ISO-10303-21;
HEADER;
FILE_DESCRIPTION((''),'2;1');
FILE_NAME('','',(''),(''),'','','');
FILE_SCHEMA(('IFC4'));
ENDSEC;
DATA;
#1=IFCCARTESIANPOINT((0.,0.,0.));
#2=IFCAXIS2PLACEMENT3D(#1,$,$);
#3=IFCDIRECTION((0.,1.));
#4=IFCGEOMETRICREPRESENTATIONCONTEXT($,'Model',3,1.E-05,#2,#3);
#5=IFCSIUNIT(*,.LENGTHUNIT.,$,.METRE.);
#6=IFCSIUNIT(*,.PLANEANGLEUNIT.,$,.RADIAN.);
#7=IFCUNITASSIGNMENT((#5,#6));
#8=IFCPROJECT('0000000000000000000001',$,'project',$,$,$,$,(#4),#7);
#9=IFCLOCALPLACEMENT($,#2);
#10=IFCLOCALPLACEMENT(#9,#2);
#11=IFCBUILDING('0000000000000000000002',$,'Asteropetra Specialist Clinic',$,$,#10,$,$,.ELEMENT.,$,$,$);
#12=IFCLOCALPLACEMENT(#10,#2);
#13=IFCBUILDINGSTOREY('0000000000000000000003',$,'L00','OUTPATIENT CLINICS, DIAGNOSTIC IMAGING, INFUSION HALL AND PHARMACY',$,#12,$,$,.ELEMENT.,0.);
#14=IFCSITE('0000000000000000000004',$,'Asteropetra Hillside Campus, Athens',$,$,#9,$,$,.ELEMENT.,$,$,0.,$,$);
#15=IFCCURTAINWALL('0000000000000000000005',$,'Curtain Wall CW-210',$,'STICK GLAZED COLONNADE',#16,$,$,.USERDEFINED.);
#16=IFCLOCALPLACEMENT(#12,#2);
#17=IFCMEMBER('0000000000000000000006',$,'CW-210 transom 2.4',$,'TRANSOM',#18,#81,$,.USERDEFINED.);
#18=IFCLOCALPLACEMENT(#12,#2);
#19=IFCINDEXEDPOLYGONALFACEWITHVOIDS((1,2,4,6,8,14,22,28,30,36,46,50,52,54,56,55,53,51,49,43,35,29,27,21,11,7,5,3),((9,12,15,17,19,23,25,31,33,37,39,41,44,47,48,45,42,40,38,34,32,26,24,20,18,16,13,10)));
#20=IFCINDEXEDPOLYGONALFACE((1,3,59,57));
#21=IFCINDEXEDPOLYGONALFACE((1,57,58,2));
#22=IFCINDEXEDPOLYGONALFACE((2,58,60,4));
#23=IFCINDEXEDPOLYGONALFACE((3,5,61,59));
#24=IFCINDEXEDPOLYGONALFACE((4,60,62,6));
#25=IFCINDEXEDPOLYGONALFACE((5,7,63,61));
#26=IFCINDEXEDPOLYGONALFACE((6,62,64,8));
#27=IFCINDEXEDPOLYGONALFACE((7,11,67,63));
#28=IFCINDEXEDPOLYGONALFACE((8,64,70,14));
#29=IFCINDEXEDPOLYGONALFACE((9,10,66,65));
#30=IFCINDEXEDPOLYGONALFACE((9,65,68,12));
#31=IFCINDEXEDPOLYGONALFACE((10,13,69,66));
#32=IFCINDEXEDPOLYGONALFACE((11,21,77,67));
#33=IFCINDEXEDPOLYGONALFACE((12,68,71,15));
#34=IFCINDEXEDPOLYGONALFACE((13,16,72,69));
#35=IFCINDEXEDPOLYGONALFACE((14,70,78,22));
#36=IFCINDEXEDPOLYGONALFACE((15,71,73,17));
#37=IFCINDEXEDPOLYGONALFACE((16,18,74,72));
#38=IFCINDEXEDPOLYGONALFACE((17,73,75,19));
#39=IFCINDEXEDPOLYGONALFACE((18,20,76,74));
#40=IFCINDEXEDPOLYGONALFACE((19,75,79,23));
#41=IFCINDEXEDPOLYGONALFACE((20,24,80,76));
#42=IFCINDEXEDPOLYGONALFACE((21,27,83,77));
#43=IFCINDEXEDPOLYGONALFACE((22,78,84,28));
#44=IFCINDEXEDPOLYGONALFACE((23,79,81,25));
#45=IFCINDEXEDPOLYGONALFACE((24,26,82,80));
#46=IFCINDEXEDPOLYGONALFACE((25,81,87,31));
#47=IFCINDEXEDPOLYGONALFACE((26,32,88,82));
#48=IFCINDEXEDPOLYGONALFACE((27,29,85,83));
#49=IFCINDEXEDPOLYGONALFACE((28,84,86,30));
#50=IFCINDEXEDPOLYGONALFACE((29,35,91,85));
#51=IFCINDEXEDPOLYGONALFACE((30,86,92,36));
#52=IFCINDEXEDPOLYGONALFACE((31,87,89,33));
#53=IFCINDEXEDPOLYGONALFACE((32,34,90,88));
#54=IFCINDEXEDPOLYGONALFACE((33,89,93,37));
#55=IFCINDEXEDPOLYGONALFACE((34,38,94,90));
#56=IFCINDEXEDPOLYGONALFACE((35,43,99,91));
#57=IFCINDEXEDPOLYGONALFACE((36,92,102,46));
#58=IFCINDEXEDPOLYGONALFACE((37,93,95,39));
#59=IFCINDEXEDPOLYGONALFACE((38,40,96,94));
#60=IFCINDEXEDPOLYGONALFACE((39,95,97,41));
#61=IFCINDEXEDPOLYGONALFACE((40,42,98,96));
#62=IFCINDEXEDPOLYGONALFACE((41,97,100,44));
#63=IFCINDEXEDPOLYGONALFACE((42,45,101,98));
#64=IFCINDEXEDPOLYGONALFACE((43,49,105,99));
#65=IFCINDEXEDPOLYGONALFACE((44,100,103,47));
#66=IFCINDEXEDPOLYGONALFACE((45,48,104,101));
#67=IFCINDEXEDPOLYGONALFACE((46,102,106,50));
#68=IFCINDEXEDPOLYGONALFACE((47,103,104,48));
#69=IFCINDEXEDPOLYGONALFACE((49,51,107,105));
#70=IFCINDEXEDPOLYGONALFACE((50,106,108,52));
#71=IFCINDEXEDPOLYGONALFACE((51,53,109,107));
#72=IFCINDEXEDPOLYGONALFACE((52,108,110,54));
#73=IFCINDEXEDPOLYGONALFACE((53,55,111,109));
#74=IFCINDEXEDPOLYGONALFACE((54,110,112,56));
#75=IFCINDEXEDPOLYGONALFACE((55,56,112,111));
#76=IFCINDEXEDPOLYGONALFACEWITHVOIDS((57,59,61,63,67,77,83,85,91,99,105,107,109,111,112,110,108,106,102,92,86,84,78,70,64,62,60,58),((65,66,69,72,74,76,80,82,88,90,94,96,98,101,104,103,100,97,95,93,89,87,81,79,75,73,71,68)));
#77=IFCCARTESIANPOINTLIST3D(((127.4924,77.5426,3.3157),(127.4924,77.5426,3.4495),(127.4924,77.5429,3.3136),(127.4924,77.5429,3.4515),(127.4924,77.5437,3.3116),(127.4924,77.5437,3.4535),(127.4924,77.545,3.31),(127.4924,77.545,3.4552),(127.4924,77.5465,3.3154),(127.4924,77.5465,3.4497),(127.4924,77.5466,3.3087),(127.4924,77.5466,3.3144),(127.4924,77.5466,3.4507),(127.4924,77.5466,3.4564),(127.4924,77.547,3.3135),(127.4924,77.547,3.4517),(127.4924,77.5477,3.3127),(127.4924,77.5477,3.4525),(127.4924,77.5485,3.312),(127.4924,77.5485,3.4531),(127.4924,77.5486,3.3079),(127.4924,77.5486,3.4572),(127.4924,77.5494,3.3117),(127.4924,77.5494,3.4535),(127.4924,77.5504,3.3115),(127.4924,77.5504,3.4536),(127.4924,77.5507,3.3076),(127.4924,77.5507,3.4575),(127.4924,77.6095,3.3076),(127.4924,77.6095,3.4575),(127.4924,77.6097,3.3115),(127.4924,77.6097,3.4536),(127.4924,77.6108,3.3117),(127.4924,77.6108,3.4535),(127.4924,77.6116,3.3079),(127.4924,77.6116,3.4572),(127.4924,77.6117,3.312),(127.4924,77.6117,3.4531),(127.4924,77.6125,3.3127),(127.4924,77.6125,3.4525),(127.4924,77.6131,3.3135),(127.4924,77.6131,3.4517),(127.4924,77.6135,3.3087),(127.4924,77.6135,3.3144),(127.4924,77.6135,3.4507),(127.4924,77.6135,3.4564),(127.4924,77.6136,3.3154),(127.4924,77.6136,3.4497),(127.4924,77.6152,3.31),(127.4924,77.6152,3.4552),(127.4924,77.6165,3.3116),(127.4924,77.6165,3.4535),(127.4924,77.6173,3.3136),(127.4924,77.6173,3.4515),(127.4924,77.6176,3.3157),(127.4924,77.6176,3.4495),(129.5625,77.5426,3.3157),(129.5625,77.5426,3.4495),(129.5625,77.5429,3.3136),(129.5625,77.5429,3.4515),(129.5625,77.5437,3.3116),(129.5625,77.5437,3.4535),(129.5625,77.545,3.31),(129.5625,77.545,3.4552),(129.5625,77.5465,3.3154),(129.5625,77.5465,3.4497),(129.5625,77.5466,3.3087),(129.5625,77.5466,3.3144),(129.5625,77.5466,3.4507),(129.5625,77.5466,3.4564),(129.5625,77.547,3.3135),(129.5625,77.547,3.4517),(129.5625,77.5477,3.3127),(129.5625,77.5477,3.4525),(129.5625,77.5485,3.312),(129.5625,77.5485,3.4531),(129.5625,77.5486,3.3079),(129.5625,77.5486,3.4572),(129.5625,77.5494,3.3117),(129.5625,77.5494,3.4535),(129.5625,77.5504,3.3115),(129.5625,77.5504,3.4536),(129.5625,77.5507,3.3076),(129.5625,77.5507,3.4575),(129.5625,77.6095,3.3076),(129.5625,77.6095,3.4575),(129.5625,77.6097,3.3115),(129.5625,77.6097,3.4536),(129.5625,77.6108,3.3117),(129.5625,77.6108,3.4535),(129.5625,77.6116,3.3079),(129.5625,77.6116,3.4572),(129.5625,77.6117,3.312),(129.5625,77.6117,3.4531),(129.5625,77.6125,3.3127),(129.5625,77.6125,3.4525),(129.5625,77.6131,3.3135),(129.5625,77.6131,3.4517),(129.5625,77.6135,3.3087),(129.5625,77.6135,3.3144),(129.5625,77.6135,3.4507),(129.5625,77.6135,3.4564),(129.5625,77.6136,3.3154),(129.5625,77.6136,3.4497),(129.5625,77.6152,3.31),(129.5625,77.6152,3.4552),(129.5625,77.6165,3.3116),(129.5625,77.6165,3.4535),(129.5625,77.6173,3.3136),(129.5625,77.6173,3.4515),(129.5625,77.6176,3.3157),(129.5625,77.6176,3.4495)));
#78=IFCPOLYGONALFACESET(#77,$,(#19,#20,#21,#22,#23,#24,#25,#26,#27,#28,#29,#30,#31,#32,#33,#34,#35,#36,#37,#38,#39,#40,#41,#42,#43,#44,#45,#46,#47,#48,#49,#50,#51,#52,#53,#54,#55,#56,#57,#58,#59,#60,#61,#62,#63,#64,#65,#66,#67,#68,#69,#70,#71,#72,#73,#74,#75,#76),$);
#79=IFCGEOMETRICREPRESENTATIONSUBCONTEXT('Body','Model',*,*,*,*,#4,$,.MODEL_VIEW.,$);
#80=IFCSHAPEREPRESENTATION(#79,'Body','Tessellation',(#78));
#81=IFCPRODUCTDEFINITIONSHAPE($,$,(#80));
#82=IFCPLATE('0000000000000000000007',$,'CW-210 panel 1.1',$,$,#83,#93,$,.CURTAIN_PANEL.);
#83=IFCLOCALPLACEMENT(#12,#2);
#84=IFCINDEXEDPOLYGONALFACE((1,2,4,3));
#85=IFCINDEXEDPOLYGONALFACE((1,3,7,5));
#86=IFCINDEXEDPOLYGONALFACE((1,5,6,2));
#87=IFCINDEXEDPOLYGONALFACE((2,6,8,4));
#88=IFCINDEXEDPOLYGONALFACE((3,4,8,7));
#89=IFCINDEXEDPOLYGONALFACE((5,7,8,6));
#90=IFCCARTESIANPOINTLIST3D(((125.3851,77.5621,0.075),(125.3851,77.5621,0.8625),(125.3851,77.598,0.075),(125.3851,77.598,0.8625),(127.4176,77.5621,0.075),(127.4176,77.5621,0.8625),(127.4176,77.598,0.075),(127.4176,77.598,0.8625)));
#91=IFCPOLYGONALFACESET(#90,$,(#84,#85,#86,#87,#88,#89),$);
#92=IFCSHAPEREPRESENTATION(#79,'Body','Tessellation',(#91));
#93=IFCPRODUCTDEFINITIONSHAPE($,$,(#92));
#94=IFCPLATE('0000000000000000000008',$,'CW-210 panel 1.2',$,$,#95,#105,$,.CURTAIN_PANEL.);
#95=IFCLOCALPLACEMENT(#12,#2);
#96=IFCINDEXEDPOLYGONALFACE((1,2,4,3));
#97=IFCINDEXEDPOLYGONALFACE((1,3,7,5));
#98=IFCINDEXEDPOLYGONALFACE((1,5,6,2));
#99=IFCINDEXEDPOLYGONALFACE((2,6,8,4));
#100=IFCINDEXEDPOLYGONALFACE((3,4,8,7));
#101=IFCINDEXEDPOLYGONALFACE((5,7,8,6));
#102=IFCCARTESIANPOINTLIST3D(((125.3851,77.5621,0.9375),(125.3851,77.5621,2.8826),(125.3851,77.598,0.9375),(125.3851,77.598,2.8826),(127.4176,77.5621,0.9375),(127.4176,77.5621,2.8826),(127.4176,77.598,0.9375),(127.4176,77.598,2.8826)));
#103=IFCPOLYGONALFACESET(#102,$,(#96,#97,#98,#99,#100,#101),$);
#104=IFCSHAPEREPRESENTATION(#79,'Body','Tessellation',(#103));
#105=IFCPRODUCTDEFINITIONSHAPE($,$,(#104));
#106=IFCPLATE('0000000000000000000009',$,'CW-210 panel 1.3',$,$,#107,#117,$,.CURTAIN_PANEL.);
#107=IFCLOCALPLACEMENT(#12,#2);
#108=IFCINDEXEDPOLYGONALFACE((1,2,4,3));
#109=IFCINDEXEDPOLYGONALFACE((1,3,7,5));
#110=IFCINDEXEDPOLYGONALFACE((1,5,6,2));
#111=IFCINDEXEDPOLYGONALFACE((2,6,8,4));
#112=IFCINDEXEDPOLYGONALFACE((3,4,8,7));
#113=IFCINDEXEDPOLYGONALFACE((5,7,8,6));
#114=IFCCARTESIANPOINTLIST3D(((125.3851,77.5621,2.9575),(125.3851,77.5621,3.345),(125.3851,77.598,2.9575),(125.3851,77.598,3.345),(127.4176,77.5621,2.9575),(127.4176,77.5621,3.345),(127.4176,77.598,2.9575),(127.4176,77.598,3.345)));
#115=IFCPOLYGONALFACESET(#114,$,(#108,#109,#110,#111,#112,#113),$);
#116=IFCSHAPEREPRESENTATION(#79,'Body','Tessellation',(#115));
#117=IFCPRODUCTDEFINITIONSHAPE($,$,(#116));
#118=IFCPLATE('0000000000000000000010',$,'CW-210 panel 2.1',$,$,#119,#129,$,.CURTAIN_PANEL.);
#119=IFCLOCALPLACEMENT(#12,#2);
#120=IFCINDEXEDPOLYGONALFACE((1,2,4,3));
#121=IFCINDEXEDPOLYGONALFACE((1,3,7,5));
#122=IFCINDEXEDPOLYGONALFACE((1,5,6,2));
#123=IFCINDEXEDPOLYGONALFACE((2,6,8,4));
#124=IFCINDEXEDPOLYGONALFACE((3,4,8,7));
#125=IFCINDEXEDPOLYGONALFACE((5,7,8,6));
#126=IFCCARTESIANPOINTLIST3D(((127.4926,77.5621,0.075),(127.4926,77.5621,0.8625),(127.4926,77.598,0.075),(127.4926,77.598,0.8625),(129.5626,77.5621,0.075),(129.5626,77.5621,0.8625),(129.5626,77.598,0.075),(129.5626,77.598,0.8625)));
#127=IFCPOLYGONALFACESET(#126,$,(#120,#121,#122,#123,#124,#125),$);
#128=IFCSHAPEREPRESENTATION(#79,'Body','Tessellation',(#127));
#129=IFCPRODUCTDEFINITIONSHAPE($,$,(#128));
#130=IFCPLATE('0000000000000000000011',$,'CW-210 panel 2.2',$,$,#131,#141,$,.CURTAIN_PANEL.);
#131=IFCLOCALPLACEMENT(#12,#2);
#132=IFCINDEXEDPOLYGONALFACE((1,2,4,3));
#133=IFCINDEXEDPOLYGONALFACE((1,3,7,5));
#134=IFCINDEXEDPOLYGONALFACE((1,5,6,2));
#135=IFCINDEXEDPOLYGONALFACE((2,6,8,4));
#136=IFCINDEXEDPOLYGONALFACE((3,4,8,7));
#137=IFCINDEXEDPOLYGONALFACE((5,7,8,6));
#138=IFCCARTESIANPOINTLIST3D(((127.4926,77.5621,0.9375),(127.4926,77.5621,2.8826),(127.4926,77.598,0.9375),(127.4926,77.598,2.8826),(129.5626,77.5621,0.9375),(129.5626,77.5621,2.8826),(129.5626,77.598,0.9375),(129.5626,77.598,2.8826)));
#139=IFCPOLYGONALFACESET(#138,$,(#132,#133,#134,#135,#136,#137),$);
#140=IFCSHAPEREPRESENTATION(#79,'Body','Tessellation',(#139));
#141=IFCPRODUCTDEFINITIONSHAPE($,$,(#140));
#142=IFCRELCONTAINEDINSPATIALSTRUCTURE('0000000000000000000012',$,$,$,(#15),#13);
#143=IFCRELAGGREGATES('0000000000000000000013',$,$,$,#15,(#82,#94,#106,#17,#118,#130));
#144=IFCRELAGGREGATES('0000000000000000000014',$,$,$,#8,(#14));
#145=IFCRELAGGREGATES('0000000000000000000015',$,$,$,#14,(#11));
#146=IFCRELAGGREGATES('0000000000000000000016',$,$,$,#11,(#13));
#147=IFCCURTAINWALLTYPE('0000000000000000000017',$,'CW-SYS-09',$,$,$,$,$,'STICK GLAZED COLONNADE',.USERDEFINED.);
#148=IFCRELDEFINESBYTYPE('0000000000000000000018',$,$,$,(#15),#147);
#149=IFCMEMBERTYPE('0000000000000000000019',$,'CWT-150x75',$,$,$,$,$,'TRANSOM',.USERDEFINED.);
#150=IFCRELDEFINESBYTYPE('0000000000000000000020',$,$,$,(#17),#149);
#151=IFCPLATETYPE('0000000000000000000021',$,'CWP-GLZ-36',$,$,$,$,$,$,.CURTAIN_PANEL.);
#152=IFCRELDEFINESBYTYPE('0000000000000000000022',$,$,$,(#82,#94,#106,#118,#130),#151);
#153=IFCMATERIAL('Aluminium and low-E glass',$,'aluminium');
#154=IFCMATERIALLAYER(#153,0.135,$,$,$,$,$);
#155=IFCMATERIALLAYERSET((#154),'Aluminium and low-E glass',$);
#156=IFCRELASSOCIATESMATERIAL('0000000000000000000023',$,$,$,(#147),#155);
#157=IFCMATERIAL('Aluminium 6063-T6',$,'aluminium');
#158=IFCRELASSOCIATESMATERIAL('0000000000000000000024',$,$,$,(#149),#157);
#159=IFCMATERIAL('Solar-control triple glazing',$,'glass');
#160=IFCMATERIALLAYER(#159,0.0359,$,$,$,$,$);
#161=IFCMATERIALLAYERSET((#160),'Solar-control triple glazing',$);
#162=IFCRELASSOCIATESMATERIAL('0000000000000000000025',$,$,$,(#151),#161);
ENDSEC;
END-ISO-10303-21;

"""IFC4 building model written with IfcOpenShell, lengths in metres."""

from ifc_helpers import new_model, si_unit, direction, frame, origin, origin_2d, place, context, subcontext, project, spatial, rectangle, hollow_rectangle, extrude, material, layer, layer_set, material_profile, profile_set, type_object, element, aggregate, save


model = new_model("IFC4")

# Units and contexts
model_context = context("Model", 3, precision=1e-05, world=origin(), true_north=direction((0.0, 1.0)))
body_context = subcontext(model_context, "Body", "Model", "MODEL_VIEW")
ifc_project = project(units=[si_unit("LENGTHUNIT", "METRE"), si_unit("PLANEANGLEUNIT", "RADIAN")], contexts=[model_context])

# Site, building, storey
site_placement = place(None, origin())
site = spatial("IfcSite", under=ifc_project, at=site_placement, Name="Asteropetra Hillside Campus, Athens", CompositionType="ELEMENT", RefElevation=0.0)
building_placement = place(site_placement, origin())
building = spatial("IfcBuilding", under=site, at=building_placement, Name="Asteropetra Specialist Clinic", CompositionType="ELEMENT")
storey_placement = place(building_placement, origin())
storey = spatial("IfcBuildingStorey", under=building, at=storey_placement, Name="L00", Description="OUTPATIENT CLINICS, DIAGNOSTIC IMAGING, INFUSION HALL AND PHARMACY", CompositionType="ELEMENT", Elevation=0.0)

# Curtain wall, member, plates
ifc_material_1 = material(Name="Aluminium and low-E glass", Category="aluminium")
ifc_layer_1 = layer(ifc_material_1, 0.135)
ifc_layer_set_1 = layer_set([ifc_layer_1], Name="Aluminium and low-E glass")
curtain_wall_type_1 = type_object("IfcCurtainWallType", Name="CW-SYS-09", ElementType="STICK GLAZED COLONNADE", PredefinedType="USERDEFINED", material=ifc_layer_set_1)
curtain_wall_1_placement = place(storey_placement, origin())
curtain_wall_1 = element("IfcCurtainWall", 1, at=curtain_wall_1_placement, inside=storey, type_object=curtain_wall_type_1, Name="Curtain Wall CW-210", ObjectType="STICK GLAZED COLONNADE", PredefinedType="USERDEFINED")
ifc_material_2 = material(Name="Aluminium 6063-T6", Category="aluminium")
ifc_material_profile_1 = material_profile(ifc_material_2, hollow_rectangle(XDim=0.075, YDim=0.1499, WallThickness=0.0039, InnerFilletRadius=0.0039, OuterFilletRadius=0.0081, at=origin_2d()), Name="TRN 150x75x4.0")
ifc_profile_set_1 = profile_set([ifc_material_profile_1], Name="Aluminium 6063-T6")
member_type_1 = type_object("IfcMemberType", Name="CWT-150x75", ElementType="TRANSOM", PredefinedType="USERDEFINED", material=ifc_profile_set_1)
member_1_placement = place(storey_placement, frame((127.4924, 77.5801, 3.3826), z_axis=(1.0, 0.0, 0.0), x_axis=(0.0, 1.0, 0.0)))
member_1 = element("IfcMember", 2, at=member_1_placement, type_object=member_type_1, Name="CW-210 transom 2.4", ObjectType="TRANSOM", PredefinedType="USERDEFINED", context=body_context, shape_type="SweptSolid", body=[
    extrude(hollow_rectangle(XDim=0.075, YDim=0.1499, WallThickness=0.0039, InnerFilletRadius=0.0039, OuterFilletRadius=0.0081, at=origin_2d()), origin(), (0.0, 0.0, 1.0), 2.0701),
])
ifc_material_3 = material(Name="Solar-control triple glazing", Category="glass")
ifc_layer_2 = layer(ifc_material_3, 0.0359)
ifc_layer_set_2 = layer_set([ifc_layer_2], Name="Solar-control triple glazing")
plate_type = type_object("IfcPlateType", Name="CWP-GLZ-36", PredefinedType="CURTAIN_PANEL", material=ifc_layer_set_2)
plate_1_placement = place(storey_placement, frame((126.4014, 77.5801, 0.075), z_axis=(0.0, 0.0, 1.0), x_axis=(1.0, 0.0, 0.0)))
plate_1 = element("IfcPlate", 3, at=plate_1_placement, type_object=plate_type, Name="CW-210 panel 1.1", PredefinedType="CURTAIN_PANEL", context=body_context, shape_type="SweptSolid", body=[
    extrude(rectangle(XDim=2.0325, YDim=0.0359, at=origin_2d()), origin(), (0.0, 0.0, 1.0), 0.7876),
])
plate_2_placement = place(storey_placement, frame((126.4014, 77.5801, 0.9375), z_axis=(0.0, 0.0, 1.0), x_axis=(1.0, 0.0, 0.0)))
plate_2 = element("IfcPlate", 4, at=plate_2_placement, type_object=plate_type, Name="CW-210 panel 1.2", PredefinedType="CURTAIN_PANEL", context=body_context, shape_type="SweptSolid", body=[
    extrude(rectangle(XDim=2.0325, YDim=0.0359, at=origin_2d()), origin(), (0.0, 0.0, 1.0), 1.9451),
])
plate_3_placement = place(storey_placement, frame((126.4014, 77.5801, 2.9575), z_axis=(0.0, 0.0, 1.0), x_axis=(1.0, 0.0, 0.0)))
plate_3 = element("IfcPlate", 5, at=plate_3_placement, type_object=plate_type, Name="CW-210 panel 1.3", PredefinedType="CURTAIN_PANEL", context=body_context, shape_type="SweptSolid", body=[
    extrude(rectangle(XDim=2.0325, YDim=0.0359, at=origin_2d()), origin(), (0.0, 0.0, 1.0), 0.3875),
])
plate_4_placement = place(storey_placement, frame((128.5276, 77.5801, 0.075), z_axis=(0.0, 0.0, 1.0), x_axis=(1.0, 0.0, 0.0)))
plate_4 = element("IfcPlate", 6, at=plate_4_placement, type_object=plate_type, Name="CW-210 panel 2.1", PredefinedType="CURTAIN_PANEL", context=body_context, shape_type="SweptSolid", body=[
    extrude(rectangle(XDim=2.0701, YDim=0.0359, at=origin_2d()), origin(), (0.0, 0.0, 1.0), 0.7876),
])
plate_5_placement = place(storey_placement, frame((128.5276, 77.5801, 0.9375), z_axis=(0.0, 0.0, 1.0), x_axis=(1.0, 0.0, 0.0)))
plate_5 = element("IfcPlate", 7, at=plate_5_placement, type_object=plate_type, Name="CW-210 panel 2.2", PredefinedType="CURTAIN_PANEL", context=body_context, shape_type="SweptSolid", body=[
    extrude(rectangle(XDim=2.0701, YDim=0.0359, at=origin_2d()), origin(), (0.0, 0.0, 1.0), 1.9451),
])
aggregate(curtain_wall_1, [plate_1, plate_2, plate_3, member_1, plate_4, plate_5])

save(model, "model.ifc")
